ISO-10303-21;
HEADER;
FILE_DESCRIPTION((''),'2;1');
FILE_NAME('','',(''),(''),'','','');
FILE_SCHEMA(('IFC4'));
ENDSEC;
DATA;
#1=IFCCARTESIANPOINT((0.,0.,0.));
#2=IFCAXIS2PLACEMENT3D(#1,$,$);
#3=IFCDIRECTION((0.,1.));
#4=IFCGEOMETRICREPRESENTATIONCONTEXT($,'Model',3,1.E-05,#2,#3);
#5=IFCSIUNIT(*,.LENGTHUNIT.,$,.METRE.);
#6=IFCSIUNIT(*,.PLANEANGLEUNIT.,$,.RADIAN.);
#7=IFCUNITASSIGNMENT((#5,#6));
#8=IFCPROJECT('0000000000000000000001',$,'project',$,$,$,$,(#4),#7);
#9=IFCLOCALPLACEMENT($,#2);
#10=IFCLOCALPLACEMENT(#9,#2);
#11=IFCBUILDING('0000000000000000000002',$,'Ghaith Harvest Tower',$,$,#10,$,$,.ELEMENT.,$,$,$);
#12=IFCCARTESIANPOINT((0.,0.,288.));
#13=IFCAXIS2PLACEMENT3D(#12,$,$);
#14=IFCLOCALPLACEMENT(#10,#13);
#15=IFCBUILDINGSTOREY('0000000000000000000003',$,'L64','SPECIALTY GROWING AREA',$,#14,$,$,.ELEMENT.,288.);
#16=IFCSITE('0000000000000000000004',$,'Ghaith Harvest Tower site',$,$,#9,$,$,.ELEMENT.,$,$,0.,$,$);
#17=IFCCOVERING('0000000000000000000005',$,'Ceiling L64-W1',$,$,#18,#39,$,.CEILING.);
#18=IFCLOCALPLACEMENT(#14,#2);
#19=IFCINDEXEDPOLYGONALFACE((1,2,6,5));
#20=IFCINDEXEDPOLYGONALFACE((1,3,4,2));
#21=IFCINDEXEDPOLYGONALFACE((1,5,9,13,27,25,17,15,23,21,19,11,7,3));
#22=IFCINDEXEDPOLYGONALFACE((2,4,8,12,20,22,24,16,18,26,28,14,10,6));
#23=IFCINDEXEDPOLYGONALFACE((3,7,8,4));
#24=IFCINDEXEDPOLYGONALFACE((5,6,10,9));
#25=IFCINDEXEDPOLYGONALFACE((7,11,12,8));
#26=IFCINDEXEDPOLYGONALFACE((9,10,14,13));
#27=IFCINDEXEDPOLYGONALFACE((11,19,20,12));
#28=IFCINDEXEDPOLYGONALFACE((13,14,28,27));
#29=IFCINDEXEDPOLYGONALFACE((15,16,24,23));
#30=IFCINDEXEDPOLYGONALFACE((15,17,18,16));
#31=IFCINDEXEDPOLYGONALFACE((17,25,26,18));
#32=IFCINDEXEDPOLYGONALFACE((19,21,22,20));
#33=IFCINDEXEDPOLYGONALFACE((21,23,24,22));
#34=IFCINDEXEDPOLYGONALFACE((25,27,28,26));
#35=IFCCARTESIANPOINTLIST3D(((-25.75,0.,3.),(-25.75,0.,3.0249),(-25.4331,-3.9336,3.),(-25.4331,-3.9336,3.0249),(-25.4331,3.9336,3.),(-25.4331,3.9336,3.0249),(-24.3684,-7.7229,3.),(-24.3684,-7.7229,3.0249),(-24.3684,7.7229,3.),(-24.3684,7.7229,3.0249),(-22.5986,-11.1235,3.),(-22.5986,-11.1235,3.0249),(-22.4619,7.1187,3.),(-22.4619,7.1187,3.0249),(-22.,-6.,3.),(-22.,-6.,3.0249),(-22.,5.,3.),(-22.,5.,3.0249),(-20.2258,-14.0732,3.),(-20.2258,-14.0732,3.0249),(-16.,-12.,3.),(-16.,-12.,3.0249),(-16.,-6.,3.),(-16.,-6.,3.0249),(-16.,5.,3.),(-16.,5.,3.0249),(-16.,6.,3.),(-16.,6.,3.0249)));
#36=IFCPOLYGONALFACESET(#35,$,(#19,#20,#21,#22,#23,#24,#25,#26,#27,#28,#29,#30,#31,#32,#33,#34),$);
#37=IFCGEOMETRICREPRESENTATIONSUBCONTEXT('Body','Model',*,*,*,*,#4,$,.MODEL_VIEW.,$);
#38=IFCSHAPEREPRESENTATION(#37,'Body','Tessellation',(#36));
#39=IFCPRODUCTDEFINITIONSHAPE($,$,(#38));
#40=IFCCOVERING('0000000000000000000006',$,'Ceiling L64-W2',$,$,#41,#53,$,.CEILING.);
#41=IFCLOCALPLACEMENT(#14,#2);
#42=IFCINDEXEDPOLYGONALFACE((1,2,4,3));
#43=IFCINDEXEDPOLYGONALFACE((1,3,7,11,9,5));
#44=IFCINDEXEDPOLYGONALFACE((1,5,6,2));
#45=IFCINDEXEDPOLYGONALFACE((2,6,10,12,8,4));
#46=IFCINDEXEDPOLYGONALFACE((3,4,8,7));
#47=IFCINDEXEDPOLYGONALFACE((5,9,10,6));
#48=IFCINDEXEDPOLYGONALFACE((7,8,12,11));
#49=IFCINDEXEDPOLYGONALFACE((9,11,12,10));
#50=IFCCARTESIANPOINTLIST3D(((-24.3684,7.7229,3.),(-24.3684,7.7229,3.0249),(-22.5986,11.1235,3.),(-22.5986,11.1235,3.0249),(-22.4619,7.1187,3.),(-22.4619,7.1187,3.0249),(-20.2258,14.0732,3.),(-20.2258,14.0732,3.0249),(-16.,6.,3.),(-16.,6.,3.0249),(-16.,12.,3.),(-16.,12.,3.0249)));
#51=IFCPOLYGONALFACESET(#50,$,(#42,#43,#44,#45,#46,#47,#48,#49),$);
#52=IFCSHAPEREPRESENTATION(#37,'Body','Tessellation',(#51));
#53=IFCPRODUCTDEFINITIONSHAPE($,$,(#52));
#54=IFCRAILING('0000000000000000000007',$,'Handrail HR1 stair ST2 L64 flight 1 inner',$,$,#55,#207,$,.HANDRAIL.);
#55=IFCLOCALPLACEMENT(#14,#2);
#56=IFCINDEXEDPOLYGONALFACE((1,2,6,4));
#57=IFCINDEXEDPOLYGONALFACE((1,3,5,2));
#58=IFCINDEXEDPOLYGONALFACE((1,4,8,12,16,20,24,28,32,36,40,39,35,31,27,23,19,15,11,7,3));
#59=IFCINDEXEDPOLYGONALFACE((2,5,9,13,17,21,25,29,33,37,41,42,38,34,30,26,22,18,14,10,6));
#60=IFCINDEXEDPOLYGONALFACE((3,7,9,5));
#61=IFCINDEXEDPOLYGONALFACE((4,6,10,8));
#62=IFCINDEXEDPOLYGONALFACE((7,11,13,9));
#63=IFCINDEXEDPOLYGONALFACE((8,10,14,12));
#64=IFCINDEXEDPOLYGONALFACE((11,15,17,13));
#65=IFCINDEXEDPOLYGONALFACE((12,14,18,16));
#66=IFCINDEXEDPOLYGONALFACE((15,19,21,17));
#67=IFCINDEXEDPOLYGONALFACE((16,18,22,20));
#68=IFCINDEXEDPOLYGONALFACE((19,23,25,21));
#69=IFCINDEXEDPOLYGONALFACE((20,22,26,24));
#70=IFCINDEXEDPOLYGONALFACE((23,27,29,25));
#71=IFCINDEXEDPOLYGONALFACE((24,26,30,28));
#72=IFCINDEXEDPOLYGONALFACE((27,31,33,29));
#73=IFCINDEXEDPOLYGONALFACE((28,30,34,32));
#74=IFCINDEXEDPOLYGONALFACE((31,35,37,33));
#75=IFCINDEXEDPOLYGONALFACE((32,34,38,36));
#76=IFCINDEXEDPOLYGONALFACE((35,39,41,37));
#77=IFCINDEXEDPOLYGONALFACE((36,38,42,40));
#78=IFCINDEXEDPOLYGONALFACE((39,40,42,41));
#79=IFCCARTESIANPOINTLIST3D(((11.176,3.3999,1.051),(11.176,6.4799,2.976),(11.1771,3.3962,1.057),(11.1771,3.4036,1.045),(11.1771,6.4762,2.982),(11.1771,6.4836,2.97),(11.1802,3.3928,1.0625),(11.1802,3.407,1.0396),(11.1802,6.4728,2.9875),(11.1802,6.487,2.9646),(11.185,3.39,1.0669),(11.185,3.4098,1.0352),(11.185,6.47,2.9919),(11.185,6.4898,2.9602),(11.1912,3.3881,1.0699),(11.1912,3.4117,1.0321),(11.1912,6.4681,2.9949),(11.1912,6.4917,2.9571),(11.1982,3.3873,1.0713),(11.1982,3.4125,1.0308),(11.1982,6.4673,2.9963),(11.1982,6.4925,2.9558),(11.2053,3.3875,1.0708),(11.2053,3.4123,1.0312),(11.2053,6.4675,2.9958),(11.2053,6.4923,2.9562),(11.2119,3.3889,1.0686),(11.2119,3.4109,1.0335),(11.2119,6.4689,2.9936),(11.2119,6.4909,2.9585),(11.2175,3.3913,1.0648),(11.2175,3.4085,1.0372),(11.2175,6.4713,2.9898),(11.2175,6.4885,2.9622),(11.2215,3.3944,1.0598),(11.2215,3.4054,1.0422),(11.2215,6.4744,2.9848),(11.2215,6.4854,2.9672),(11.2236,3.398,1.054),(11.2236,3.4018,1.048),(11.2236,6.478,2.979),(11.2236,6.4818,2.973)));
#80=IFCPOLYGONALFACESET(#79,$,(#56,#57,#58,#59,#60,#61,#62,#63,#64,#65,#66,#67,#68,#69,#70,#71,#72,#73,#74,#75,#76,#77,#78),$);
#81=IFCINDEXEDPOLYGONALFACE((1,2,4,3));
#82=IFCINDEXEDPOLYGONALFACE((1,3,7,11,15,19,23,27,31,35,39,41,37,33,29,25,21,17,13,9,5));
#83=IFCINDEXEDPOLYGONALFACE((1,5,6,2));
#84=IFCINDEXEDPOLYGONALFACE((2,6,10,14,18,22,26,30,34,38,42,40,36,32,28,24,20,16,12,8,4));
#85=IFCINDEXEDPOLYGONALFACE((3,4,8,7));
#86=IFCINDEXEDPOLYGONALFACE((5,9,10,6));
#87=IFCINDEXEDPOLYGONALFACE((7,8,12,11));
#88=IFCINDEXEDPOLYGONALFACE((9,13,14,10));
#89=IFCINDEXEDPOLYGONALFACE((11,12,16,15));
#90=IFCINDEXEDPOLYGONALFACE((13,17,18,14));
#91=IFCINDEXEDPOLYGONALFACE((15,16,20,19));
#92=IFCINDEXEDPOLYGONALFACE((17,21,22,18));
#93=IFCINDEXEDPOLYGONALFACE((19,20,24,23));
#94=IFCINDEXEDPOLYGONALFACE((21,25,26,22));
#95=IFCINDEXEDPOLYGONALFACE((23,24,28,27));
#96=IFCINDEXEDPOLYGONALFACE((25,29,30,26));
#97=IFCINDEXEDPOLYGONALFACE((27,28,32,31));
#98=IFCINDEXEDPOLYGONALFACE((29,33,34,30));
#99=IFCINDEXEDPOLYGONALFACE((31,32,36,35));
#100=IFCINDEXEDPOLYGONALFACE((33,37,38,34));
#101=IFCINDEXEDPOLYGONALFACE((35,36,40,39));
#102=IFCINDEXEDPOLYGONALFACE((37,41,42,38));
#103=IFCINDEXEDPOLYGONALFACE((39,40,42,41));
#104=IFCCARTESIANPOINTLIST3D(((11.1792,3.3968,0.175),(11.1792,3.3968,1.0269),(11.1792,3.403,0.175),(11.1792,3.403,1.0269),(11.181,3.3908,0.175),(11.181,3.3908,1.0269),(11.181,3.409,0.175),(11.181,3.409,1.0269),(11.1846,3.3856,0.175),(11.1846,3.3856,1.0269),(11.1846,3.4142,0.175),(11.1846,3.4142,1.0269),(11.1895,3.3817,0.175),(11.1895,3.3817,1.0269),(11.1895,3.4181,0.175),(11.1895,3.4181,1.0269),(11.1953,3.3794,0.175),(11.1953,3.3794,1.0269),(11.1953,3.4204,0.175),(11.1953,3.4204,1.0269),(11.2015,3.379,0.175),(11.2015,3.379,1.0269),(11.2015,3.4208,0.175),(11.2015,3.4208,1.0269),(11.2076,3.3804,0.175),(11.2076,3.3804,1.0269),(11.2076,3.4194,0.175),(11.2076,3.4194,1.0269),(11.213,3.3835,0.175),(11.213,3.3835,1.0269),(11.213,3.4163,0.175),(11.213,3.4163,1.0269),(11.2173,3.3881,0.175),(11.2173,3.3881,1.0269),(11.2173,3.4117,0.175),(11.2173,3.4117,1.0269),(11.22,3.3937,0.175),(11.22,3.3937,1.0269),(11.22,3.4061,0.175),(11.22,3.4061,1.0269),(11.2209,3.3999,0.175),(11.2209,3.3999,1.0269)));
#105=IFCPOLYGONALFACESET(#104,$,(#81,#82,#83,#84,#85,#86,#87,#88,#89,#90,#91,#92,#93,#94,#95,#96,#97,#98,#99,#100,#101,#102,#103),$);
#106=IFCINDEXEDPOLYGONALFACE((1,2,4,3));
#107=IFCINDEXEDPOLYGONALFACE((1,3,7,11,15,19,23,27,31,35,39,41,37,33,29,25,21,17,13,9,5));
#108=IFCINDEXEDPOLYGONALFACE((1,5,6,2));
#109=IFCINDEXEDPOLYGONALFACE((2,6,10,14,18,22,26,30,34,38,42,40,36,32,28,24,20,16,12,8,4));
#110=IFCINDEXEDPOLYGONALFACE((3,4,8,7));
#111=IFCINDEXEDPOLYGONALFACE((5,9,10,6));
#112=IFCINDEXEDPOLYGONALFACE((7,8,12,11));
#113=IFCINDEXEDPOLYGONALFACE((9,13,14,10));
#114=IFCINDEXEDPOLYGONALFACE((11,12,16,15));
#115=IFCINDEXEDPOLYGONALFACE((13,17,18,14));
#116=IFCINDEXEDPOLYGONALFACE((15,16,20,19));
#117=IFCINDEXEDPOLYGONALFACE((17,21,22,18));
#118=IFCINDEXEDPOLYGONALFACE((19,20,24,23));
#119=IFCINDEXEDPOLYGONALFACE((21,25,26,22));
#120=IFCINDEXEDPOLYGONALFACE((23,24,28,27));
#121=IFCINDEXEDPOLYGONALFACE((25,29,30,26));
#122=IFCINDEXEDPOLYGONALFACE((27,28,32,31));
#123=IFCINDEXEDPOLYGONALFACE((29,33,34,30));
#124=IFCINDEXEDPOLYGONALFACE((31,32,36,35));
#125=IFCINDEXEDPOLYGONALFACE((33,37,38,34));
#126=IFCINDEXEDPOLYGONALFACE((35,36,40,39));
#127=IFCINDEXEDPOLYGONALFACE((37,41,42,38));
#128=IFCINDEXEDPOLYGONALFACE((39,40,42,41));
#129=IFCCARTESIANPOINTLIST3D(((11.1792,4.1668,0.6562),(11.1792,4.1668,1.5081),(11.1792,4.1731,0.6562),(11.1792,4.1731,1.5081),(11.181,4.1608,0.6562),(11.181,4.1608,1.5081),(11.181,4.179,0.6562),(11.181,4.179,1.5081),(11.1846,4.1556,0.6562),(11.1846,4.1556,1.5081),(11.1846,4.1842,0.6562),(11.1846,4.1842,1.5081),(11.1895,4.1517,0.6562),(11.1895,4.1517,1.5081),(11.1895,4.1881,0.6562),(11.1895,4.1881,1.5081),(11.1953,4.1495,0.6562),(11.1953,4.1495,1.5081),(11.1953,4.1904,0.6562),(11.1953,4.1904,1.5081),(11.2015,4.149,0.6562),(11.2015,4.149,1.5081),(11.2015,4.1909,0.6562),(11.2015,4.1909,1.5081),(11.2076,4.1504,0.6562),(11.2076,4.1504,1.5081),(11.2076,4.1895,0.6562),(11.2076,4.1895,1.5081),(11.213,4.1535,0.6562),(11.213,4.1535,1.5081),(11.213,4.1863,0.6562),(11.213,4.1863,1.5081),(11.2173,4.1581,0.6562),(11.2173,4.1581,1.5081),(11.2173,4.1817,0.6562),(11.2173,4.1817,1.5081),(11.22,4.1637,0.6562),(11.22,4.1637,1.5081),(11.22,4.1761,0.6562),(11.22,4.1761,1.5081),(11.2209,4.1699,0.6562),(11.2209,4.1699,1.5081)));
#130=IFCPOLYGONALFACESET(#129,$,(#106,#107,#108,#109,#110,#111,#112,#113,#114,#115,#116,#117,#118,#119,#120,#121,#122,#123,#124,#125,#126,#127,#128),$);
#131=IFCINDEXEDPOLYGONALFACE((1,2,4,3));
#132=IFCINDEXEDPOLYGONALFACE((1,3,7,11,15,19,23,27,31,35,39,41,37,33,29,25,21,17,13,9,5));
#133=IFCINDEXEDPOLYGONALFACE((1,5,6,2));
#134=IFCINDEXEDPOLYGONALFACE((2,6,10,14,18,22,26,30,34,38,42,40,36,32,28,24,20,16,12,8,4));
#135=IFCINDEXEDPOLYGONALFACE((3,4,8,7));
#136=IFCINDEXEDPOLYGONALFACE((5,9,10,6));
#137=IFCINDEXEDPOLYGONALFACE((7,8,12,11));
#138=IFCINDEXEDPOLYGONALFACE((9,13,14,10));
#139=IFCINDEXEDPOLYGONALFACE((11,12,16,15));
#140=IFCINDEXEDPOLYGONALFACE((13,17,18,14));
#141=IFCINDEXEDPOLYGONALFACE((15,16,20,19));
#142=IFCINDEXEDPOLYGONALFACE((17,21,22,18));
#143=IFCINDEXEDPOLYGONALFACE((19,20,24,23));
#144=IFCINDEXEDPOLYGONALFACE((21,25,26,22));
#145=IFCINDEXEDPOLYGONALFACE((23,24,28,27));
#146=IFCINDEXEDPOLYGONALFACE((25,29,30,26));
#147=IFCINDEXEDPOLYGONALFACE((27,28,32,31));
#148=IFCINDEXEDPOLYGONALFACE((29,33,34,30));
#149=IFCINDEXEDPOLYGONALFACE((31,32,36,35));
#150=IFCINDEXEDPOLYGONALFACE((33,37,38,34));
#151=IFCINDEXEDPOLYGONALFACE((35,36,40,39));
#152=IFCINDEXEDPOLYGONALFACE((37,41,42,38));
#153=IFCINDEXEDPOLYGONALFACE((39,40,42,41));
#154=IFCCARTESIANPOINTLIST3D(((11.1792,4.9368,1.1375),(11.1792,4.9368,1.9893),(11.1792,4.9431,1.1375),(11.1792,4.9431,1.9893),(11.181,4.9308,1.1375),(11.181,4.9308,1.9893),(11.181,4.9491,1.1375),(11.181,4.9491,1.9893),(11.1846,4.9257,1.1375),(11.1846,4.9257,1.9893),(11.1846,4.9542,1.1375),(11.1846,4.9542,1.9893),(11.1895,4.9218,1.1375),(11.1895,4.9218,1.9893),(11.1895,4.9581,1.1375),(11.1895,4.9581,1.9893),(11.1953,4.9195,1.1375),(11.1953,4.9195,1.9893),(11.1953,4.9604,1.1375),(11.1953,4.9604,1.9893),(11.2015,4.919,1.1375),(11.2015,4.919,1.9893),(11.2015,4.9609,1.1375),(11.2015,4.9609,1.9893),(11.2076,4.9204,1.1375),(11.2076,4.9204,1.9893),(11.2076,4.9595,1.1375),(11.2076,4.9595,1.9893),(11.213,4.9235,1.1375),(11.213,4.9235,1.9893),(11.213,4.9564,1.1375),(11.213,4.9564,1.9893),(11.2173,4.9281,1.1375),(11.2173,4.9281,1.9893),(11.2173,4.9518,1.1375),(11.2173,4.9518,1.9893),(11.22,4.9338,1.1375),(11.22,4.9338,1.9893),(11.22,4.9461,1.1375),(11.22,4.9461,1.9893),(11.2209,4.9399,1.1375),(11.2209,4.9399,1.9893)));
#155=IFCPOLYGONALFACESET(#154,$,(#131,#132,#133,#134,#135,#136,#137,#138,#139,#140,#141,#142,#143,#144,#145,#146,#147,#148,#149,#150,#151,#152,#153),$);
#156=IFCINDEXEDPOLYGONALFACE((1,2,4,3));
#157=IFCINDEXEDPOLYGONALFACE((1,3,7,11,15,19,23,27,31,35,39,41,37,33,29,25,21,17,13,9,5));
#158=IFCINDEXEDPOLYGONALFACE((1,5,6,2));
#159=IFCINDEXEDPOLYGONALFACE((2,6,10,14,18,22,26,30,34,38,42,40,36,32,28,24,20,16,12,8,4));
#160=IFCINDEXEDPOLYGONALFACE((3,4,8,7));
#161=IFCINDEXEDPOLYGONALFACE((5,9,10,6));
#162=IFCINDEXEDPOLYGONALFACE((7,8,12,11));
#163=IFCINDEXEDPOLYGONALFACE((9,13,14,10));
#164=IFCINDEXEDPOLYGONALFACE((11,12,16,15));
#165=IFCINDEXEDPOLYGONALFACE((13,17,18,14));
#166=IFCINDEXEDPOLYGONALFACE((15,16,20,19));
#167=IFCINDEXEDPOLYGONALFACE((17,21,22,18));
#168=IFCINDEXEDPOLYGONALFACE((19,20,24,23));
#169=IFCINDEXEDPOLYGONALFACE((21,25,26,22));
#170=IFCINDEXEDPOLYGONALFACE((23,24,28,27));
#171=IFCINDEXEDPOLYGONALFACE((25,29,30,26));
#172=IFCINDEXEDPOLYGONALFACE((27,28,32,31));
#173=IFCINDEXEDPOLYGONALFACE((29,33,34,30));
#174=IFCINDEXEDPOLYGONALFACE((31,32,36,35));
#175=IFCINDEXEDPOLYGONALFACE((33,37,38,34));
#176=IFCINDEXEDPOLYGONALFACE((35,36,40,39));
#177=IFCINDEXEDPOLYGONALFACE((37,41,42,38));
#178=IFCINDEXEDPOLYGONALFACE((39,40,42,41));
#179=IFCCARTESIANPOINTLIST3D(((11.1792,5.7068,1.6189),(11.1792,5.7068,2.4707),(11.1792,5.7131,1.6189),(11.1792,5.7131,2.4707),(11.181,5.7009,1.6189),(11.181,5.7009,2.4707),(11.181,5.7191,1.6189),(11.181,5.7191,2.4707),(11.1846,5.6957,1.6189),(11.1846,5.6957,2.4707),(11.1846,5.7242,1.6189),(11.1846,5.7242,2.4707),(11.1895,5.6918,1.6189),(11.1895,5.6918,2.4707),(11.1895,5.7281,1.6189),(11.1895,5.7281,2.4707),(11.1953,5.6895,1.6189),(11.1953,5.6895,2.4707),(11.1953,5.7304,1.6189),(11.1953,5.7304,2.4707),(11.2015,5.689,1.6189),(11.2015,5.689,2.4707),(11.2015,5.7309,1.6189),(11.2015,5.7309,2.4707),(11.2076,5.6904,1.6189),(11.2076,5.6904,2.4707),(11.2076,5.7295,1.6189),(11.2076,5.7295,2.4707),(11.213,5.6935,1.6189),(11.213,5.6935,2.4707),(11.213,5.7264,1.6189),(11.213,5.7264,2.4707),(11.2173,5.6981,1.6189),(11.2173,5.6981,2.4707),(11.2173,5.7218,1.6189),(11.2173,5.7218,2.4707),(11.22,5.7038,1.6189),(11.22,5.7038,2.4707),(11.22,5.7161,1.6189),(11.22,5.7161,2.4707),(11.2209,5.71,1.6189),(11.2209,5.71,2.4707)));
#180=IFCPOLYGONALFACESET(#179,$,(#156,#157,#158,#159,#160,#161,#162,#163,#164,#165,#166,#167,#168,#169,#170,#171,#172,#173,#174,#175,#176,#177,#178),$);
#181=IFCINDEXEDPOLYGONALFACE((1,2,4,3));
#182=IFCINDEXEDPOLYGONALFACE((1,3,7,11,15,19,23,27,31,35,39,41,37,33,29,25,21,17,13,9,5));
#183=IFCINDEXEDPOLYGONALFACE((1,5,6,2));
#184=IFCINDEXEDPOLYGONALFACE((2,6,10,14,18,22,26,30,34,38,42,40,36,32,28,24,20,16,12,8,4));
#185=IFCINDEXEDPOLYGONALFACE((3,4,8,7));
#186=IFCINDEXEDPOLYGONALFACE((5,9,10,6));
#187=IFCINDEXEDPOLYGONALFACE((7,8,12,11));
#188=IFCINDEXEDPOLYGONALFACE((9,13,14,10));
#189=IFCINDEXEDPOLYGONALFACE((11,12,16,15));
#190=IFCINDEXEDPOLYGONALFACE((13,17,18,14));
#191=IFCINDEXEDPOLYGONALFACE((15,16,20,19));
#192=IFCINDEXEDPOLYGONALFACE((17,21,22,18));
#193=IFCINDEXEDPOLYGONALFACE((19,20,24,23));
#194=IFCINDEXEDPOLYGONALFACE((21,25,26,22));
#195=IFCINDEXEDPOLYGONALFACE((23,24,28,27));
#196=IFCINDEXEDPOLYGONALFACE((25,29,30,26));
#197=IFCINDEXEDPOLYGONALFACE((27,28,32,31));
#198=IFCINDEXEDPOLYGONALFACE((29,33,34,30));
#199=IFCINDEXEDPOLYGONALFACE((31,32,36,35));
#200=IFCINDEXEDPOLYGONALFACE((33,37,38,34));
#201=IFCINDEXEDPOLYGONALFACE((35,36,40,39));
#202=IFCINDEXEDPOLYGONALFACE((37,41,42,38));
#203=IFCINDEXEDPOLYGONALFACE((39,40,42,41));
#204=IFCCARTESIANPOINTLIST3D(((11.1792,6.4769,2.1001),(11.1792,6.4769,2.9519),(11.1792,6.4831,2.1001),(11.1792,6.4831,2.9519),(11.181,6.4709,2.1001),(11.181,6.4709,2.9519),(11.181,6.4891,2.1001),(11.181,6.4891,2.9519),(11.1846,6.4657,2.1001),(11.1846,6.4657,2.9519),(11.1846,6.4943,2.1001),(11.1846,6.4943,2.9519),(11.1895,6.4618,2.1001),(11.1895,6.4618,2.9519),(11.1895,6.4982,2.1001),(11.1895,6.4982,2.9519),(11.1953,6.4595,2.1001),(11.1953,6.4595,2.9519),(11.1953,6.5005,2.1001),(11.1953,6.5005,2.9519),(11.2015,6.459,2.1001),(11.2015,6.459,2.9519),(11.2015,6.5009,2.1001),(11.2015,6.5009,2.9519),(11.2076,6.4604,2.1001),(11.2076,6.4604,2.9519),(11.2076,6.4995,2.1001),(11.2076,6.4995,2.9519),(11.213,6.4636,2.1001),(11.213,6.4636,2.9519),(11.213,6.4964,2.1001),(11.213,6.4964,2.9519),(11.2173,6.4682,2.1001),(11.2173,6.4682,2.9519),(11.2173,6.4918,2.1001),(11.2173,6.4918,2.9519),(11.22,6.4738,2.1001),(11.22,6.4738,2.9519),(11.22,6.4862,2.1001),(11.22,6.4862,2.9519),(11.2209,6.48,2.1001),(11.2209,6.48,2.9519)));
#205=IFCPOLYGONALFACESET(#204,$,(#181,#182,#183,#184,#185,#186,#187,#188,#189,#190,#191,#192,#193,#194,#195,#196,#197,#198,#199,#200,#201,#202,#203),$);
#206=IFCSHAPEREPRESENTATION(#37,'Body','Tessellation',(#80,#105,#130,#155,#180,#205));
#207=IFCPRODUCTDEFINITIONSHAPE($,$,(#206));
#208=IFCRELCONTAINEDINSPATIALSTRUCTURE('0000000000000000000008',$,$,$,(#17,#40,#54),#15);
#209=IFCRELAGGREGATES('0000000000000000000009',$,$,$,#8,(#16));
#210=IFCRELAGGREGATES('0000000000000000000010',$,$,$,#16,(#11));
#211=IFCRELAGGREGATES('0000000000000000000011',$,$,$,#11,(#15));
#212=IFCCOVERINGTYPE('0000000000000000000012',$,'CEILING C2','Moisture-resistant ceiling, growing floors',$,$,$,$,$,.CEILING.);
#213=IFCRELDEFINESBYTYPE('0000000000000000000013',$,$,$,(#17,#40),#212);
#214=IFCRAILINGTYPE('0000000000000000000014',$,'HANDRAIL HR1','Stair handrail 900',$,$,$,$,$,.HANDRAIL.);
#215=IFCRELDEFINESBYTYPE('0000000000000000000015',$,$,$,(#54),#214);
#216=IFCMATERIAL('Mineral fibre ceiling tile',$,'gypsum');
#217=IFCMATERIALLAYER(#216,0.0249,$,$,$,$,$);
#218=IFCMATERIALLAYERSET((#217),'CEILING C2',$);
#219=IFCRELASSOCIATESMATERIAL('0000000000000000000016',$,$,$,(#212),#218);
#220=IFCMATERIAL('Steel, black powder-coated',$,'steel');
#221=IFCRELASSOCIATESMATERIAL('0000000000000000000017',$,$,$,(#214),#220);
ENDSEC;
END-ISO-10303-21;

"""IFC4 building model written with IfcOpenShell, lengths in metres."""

from ifc_helpers import new_model, si_unit, direction, frame, origin, origin_2d, place, context, subcontext, project, spatial, polyline, circle, outline, extrude, material, layer, layer_set, type_object, element, save


model = new_model("IFC4")

# Units and contexts
model_context = context("Model", 3, precision=1e-05, world=origin(), true_north=direction((0.0, 1.0)))
body_context = subcontext(model_context, "Body", "Model", "MODEL_VIEW")
ifc_project = project(units=[si_unit("LENGTHUNIT", "METRE"), si_unit("PLANEANGLEUNIT", "RADIAN")], contexts=[model_context])

# Site, building, storey
site_placement = place(None, origin())
site = spatial("IfcSite", under=ifc_project, at=site_placement, Name="Ghaith Harvest Tower site", CompositionType="ELEMENT", RefElevation=0.0)
building_placement = place(site_placement, origin())
building = spatial("IfcBuilding", under=site, at=building_placement, Name="Ghaith Harvest Tower", CompositionType="ELEMENT")
storey_placement = place(building_placement, frame((0.0, 0.0, 288.0)))
storey = spatial("IfcBuildingStorey", under=building, at=storey_placement, Name="L64", Description="SPECIALTY GROWING AREA", CompositionType="ELEMENT", Elevation=288.0)

# Coverings
ifc_material_1 = material(Name="Mineral fibre ceiling tile", Category="gypsum")
ifc_layer_1 = layer(ifc_material_1, 0.0249)
ifc_layer_set_1 = layer_set([ifc_layer_1], Name="CEILING C2")
covering_type = type_object("IfcCoveringType", Name="CEILING C2", Description="Moisture-resistant ceiling, growing floors", PredefinedType="CEILING", material=ifc_layer_set_1)
covering_1_placement = place(storey_placement, frame((0.0, 0.0, 3.0)))
element("IfcCovering", 1, at=covering_1_placement, inside=storey, type_object=covering_type, Name="Ceiling L64-W1", PredefinedType="CEILING", context=body_context, shape_type="SweptSolid", body=[
    extrude(outline(polyline([(-22.5986, -11.1235), (-24.3684, -7.7229), (-25.4331, -3.9336), (-25.75, 0.0), (-25.4331, 3.9336), (-24.3684, 7.7229), (-24.3684, 7.7229), (-22.4619, 7.1187), (-16.0, 6.0), (-16.0, 5.0), (-22.0, 5.0), (-22.0, -6.0), (-16.0, -6.0), (-16.0, -12.0), (-20.2258, -14.0732), (-22.5986, -11.1235)])), origin(), (0.0, 0.0, 1.0), 0.0249),
])
covering_2_placement = place(storey_placement, frame((0.0, 0.0, 3.0)))
element("IfcCovering", 2, at=covering_2_placement, inside=storey, type_object=covering_type, Name="Ceiling L64-W2", PredefinedType="CEILING", context=body_context, shape_type="SweptSolid", body=[
    extrude(outline(polyline([(-24.3684, 7.7229), (-24.3684, 7.7229), (-22.5986, 11.1235), (-20.2258, 14.0732), (-16.0, 12.0), (-16.0, 6.0), (-22.4619, 7.1187), (-24.3684, 7.7229), (-24.3684, 7.7229)])), origin(), (0.0, 0.0, 1.0), 0.0249),
])

# Railing
ifc_material_2 = material(Name="Steel, black powder-coated", Category="steel")
railing_type = type_object("IfcRailingType", Name="HANDRAIL HR1", Description="Stair handrail 900", PredefinedType="HANDRAIL", material=ifc_material_2)
railing_1_placement = place(storey_placement, frame((11.2, 3.3999, 0.175)))
element("IfcRailing", 3, at=railing_1_placement, inside=storey, type_object=railing_type, Name="Handrail HR1 stair ST2 L64 flight 1 inner", PredefinedType="HANDRAIL", context=body_context, shape_type="SweptSolid", body=[
    extrude(circle(Radius=0.0239, at=origin_2d()), frame((0.0, 0.0, 0.876), z_axis=(0.0, 0.847998, 0.529999), x_axis=(-1.0, 0.0, 0.0)), (0.0, 0.0, 1.0), 3.6321),
    extrude(circle(Radius=0.021, at=origin_2d()), origin(), (0.0, 0.0, 1.0), 0.8518),
    extrude(circle(Radius=0.021, at=origin_2d()), frame((0.0, 0.77, 0.4812)), (0.0, 0.0, 1.0), 0.8518),
    extrude(circle(Radius=0.021, at=origin_2d()), frame((0.0, 1.54, 0.9624)), (0.0, 0.0, 1.0), 0.8518),
    extrude(circle(Radius=0.021, at=origin_2d()), frame((0.0, 2.3101, 1.4438)), (0.0, 0.0, 1.0), 0.8518),
    extrude(circle(Radius=0.021, at=origin_2d()), frame((0.0, 3.0801, 1.925)), (0.0, 0.0, 1.0), 0.8518),
])

save(model, "model.ifc")
